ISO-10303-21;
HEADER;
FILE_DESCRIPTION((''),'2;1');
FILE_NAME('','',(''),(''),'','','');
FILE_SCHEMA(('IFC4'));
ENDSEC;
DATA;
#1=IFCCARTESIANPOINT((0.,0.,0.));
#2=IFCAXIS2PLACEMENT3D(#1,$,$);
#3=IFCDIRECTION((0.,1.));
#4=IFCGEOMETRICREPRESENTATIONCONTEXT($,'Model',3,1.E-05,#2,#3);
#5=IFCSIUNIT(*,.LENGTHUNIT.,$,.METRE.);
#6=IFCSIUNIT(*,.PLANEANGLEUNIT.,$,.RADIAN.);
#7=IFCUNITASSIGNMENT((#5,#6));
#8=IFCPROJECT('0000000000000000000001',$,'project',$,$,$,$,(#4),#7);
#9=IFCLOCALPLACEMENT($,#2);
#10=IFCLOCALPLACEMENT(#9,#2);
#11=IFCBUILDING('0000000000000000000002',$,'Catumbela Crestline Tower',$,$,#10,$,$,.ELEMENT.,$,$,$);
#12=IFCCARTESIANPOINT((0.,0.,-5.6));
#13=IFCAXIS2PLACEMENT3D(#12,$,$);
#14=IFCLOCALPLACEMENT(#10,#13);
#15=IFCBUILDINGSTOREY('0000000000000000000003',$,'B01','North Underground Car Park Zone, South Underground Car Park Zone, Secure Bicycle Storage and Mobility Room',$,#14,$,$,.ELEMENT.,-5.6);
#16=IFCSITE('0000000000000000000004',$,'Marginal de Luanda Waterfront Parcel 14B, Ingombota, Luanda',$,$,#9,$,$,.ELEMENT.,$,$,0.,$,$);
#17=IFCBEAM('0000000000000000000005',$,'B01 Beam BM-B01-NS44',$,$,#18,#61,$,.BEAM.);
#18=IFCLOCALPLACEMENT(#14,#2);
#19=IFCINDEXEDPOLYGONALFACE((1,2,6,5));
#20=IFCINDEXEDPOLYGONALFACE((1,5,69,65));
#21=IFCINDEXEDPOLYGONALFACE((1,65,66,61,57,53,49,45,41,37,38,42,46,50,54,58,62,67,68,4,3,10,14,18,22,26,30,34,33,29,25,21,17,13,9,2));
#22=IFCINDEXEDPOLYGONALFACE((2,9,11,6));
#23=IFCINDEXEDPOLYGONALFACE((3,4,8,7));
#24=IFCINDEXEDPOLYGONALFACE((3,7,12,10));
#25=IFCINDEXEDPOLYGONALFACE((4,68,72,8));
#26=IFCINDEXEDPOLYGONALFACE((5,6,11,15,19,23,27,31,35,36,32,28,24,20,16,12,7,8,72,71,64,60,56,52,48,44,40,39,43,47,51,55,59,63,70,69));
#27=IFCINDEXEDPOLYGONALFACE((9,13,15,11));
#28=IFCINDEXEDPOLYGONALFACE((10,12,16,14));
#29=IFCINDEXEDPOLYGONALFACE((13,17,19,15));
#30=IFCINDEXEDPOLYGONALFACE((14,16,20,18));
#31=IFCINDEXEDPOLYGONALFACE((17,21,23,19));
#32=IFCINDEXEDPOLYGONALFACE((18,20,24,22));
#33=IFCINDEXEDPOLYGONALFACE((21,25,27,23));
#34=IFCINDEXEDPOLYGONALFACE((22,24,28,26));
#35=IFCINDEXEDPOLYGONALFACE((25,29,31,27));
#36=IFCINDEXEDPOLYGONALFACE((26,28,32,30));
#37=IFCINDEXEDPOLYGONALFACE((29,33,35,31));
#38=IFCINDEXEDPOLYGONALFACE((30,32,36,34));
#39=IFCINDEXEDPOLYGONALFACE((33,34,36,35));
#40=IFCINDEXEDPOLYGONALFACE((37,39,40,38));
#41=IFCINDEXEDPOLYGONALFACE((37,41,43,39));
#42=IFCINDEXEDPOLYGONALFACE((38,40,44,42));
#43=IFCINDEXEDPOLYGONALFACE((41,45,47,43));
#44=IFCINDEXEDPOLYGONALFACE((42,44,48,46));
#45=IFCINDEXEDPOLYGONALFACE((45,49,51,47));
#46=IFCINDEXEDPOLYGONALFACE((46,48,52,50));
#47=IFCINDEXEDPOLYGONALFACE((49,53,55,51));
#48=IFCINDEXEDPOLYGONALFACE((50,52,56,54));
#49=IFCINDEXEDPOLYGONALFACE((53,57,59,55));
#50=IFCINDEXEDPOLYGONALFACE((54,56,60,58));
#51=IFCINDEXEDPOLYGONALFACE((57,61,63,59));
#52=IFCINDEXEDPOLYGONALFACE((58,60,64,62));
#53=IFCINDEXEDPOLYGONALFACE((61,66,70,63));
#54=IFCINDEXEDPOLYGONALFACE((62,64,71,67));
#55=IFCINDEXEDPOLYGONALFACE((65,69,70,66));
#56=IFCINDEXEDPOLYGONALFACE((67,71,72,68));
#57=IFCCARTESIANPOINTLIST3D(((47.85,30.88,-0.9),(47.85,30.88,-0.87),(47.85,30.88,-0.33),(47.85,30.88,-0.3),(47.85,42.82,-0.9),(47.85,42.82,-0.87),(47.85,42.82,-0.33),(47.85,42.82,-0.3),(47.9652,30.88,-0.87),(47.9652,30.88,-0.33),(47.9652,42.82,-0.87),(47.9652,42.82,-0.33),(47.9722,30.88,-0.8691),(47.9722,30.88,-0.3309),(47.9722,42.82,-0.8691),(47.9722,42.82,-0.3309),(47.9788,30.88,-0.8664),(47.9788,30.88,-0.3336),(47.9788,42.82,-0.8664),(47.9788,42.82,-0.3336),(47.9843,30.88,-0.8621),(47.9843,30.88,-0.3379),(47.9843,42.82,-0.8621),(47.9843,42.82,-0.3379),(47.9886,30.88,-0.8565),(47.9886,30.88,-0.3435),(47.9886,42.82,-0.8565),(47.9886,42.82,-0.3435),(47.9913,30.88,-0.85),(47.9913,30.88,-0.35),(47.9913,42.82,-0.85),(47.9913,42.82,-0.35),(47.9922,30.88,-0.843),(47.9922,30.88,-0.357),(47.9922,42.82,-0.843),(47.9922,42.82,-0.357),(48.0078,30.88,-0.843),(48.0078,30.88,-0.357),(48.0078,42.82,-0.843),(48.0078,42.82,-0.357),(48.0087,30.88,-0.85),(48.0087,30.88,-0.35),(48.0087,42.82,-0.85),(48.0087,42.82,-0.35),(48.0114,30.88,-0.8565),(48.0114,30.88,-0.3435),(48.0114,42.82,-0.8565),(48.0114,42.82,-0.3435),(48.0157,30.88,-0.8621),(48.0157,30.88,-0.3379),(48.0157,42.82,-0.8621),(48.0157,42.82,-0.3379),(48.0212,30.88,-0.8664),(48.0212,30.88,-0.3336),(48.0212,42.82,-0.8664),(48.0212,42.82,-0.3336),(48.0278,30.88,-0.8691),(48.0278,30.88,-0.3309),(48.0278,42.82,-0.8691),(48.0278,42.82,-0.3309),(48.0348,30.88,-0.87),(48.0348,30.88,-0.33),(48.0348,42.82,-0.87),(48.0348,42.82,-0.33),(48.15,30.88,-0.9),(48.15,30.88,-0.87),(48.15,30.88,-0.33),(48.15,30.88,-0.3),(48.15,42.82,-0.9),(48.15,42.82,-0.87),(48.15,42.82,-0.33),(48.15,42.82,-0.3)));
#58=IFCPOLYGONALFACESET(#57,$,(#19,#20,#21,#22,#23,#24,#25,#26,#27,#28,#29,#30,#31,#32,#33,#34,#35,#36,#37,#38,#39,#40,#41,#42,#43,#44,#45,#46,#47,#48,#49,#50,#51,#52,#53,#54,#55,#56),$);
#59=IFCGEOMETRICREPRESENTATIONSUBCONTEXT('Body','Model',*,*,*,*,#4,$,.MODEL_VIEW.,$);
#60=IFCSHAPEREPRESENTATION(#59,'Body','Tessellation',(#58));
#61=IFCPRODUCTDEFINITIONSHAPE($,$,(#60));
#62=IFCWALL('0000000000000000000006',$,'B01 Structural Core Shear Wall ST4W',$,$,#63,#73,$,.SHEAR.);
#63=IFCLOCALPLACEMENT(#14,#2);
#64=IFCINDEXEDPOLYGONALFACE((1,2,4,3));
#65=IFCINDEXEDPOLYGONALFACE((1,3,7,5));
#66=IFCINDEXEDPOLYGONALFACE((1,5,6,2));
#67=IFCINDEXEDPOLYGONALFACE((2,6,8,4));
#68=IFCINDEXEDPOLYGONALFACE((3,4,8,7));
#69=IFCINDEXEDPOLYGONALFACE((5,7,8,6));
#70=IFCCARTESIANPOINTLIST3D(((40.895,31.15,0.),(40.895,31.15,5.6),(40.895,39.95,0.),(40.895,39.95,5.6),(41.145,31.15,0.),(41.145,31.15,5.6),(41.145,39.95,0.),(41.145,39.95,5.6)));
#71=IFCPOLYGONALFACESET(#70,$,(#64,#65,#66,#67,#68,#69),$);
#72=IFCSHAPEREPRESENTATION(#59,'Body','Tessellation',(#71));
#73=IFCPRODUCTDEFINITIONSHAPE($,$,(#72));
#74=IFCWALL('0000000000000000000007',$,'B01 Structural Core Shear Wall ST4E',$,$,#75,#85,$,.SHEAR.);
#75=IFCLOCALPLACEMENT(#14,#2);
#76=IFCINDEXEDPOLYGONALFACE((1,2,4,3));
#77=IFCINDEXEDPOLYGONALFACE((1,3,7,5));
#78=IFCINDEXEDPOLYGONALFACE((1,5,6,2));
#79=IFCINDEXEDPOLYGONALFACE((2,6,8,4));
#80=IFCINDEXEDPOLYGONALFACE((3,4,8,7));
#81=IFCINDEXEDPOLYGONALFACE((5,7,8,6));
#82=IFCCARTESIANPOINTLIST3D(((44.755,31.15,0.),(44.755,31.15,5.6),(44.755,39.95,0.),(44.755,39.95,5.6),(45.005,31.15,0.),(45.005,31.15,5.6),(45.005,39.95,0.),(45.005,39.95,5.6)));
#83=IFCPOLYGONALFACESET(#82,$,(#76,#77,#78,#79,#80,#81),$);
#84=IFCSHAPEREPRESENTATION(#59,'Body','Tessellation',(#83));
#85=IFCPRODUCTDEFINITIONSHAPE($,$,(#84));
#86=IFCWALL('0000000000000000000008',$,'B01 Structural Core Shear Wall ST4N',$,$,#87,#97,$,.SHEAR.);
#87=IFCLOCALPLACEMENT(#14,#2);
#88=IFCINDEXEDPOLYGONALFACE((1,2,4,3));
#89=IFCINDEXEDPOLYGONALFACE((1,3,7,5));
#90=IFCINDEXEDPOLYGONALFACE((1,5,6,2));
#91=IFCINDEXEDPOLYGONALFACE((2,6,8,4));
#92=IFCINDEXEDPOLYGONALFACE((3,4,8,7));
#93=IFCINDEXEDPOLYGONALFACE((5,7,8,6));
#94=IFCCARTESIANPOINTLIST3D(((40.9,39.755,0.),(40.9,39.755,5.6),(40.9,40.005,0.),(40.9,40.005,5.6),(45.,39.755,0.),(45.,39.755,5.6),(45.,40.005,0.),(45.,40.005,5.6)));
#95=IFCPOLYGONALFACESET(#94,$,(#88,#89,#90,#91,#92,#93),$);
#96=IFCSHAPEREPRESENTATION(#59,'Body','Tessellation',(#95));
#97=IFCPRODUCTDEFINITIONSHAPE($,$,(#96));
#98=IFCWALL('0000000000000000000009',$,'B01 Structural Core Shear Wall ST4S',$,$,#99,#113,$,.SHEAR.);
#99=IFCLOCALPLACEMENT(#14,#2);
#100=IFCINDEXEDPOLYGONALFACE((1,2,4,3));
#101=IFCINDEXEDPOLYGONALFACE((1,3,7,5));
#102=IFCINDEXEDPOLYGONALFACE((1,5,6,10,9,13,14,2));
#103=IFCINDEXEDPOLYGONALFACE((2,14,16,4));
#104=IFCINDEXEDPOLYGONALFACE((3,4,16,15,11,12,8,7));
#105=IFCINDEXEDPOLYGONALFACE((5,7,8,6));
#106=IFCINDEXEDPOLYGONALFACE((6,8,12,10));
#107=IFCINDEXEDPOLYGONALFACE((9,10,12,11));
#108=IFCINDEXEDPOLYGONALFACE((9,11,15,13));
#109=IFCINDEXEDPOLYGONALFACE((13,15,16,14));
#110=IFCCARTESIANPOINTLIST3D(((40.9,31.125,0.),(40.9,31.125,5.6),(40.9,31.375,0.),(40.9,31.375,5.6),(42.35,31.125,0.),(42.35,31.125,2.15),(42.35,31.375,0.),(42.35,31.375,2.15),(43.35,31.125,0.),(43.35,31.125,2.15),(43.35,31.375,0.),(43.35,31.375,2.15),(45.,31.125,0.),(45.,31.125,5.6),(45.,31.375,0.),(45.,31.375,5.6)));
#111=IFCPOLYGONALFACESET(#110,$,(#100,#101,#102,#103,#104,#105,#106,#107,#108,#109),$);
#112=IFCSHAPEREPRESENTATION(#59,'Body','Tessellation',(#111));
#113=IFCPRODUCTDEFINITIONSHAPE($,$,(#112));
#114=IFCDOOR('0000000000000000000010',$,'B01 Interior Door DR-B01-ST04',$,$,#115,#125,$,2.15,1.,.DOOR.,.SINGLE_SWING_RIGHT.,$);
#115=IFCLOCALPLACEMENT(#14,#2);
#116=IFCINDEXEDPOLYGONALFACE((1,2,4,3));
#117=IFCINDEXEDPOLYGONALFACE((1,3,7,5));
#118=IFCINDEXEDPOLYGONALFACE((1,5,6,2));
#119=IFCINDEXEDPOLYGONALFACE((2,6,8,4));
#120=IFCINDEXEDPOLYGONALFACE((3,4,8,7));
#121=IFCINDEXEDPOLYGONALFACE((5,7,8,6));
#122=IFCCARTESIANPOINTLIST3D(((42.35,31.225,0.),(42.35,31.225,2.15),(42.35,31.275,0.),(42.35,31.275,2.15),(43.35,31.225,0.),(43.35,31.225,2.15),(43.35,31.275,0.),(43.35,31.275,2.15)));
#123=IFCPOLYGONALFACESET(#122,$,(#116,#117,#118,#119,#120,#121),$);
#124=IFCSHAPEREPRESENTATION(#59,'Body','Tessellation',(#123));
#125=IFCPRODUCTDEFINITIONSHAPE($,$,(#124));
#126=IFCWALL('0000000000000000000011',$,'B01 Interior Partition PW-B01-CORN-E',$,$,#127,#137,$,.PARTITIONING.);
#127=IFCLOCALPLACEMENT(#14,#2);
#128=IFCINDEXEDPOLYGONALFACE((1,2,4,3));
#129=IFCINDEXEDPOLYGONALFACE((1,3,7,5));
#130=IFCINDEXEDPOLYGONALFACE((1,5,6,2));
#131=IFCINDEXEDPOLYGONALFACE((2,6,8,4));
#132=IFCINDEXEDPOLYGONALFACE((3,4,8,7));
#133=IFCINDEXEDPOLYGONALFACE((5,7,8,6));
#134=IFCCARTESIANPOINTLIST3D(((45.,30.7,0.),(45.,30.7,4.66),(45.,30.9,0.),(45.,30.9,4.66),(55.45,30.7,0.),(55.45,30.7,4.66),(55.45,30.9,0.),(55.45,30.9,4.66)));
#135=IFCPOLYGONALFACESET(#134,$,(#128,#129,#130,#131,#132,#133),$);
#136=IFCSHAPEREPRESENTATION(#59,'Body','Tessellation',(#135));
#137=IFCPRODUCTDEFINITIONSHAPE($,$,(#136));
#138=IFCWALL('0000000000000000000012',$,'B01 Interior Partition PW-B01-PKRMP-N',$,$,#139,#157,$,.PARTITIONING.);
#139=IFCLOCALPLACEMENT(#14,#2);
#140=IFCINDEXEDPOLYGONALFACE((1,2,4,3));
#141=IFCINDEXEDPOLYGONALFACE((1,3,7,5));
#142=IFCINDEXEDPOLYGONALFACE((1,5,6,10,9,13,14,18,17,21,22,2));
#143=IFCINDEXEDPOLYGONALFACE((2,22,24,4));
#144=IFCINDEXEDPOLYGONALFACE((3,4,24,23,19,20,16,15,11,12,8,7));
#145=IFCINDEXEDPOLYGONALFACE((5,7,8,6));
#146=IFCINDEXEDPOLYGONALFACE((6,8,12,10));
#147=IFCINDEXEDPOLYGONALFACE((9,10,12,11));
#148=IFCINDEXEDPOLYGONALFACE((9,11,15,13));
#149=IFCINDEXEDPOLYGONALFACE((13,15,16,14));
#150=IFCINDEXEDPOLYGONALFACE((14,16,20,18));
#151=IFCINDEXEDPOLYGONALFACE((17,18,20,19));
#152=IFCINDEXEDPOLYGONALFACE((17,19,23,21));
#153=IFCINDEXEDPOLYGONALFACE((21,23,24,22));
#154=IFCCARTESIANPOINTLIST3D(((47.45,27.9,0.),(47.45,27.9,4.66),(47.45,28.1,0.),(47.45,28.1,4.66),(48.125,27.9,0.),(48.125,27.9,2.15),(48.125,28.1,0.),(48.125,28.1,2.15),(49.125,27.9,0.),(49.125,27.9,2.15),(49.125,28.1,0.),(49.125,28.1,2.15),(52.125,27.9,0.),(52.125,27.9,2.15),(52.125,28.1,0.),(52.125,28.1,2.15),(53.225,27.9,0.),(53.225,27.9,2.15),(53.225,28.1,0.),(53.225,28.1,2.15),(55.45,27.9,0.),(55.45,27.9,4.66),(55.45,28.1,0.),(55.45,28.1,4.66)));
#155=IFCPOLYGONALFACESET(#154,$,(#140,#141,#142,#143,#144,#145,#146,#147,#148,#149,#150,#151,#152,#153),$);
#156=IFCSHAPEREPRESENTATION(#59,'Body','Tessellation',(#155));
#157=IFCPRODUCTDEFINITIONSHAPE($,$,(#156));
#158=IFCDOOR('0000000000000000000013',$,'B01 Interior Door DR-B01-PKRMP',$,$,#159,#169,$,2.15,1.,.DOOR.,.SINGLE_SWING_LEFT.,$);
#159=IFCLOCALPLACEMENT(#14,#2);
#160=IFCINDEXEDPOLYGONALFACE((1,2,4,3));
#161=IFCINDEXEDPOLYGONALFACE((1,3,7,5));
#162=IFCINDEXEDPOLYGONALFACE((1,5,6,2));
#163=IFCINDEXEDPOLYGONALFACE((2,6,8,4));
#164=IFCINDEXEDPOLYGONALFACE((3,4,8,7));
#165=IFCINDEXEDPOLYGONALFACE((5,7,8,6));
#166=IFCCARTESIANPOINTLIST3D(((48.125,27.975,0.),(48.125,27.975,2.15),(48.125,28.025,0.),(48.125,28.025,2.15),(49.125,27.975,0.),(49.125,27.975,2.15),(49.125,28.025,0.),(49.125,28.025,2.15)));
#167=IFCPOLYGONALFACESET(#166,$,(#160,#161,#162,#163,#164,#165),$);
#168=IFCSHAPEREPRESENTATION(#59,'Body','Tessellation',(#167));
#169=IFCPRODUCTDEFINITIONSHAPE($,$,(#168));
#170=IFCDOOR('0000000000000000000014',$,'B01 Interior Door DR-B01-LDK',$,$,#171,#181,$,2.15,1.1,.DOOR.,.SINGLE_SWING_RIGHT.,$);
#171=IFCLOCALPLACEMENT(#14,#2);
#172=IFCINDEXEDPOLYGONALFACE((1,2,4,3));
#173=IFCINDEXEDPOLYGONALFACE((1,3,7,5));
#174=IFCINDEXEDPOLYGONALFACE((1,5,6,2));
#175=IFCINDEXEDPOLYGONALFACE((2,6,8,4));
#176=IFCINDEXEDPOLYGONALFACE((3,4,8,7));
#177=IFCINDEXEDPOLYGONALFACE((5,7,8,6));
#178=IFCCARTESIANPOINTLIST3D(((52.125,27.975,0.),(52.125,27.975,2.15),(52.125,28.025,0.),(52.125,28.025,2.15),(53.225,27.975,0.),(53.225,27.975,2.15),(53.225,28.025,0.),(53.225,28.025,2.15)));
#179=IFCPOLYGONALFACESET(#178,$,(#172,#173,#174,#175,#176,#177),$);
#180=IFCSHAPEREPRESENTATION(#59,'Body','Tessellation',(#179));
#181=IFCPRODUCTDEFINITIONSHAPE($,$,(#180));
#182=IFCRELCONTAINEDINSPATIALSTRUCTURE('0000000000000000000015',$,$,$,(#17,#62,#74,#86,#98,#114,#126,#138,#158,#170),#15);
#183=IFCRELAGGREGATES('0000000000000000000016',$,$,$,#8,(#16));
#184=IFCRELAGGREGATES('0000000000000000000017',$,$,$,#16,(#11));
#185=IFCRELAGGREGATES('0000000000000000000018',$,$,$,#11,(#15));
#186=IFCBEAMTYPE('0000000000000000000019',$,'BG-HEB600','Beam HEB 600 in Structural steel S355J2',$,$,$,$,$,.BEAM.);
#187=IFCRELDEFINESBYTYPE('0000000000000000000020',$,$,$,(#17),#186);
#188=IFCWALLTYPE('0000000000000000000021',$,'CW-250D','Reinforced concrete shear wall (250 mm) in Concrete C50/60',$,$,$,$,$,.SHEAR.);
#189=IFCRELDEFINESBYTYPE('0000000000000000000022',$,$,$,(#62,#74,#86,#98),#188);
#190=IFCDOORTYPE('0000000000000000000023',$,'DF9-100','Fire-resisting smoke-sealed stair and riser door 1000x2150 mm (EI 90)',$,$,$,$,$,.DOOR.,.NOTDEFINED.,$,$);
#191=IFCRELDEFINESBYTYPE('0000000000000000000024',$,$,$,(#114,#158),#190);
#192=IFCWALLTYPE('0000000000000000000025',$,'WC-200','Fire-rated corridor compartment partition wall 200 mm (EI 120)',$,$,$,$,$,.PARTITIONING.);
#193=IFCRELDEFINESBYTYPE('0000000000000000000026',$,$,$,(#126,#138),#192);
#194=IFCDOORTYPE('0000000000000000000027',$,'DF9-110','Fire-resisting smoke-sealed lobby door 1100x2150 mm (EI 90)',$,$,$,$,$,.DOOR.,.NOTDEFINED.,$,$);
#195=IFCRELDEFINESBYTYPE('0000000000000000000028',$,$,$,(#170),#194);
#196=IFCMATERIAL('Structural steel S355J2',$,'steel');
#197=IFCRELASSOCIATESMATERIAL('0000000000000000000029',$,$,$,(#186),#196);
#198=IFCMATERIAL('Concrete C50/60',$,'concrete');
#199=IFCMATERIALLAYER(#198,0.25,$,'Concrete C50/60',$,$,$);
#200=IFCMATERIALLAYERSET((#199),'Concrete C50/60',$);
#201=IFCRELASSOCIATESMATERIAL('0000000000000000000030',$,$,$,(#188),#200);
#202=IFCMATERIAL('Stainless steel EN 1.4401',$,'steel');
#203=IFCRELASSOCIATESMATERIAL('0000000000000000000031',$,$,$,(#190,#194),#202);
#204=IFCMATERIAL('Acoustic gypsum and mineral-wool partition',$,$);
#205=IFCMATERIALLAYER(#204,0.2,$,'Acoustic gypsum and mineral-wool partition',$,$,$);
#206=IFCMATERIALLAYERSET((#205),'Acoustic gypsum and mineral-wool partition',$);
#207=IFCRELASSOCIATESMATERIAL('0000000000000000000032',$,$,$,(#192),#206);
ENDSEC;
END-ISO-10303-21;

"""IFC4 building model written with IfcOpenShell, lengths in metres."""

from ifc_helpers import new_model, si_unit, direction, frame, frame_2d, origin, origin_2d, place, context, subcontext, project, spatial, rectangle, i_section, extrude, material, layer, layer_set, material_profile, profile_set, type_object, element, fill, save


model = new_model("IFC4")

# Units and contexts
model_context = context("Model", 3, precision=1e-05, world=origin(), true_north=direction((0.0, 1.0)))
body_context = subcontext(model_context, "Body", "Model", "MODEL_VIEW")
ifc_project = project(units=[si_unit("LENGTHUNIT", "METRE"), si_unit("PLANEANGLEUNIT", "RADIAN")], contexts=[model_context])

# Site, building, storey
site_placement = place(None, origin())
site = spatial("IfcSite", under=ifc_project, at=site_placement, Name="Marginal de Luanda Waterfront Parcel 14B, Ingombota, Luanda", CompositionType="ELEMENT", RefElevation=0.0)
building_placement = place(site_placement, origin())
building = spatial("IfcBuilding", under=site, at=building_placement, Name="Catumbela Crestline Tower", CompositionType="ELEMENT")
storey_placement = place(building_placement, frame((0.0, 0.0, -5.6)))
storey = spatial("IfcBuildingStorey", under=building, at=storey_placement, Name="B01", Description="North Underground Car Park Zone, South Underground Car Park Zone, Secure Bicycle Storage and Mobility Room", CompositionType="ELEMENT", Elevation=-5.6)

# Beam
ifc_material_1 = material(Name="Structural steel S355J2", Category="steel")
ifc_material_profile_1 = material_profile(ifc_material_1, i_section(OverallWidth=0.3, OverallDepth=0.6, WebThickness=0.0155, FlangeThickness=0.03, FilletRadius=0.027, at=origin_2d()), Name="HEB 600")
ifc_profile_set_1 = profile_set([ifc_material_profile_1], Name="Structural steel S355J2")
beam_type = type_object("IfcBeamType", Name="BG-HEB600", Description="Beam HEB 600 in Structural steel S355J2", PredefinedType="BEAM", material=ifc_profile_set_1)
beam_1_placement = place(storey_placement, frame((48.0, 30.88, -0.6), z_axis=(0.0, 1.0, 0.0), x_axis=(-1.0, 0.0, 0.0)))
element("IfcBeam", 1, at=beam_1_placement, inside=storey, type_object=beam_type, Name="B01 Beam BM-B01-NS44", PredefinedType="BEAM", context=body_context, shape_type="SweptSolid", body=[
    extrude(i_section(OverallWidth=0.3, OverallDepth=0.6, WebThickness=0.0155, FlangeThickness=0.03, FilletRadius=0.027, at=origin_2d()), origin(), (0.0, 0.0, 1.0), 11.94),
])

# Walls
ifc_material_2 = material(Name="Concrete C50/60", Category="concrete")
ifc_layer_1 = layer(ifc_material_2, 0.25, Name="Concrete C50/60")
ifc_layer_set_1 = layer_set([ifc_layer_1], Name="Concrete C50/60")
wall_type_1 = type_object("IfcWallType", Name="CW-250D", Description="Reinforced concrete shear wall (250 mm) in Concrete C50/60", PredefinedType="SHEAR", material=ifc_layer_set_1)
for number, where, z_axis, x_axis, name in (
    (2, (41.02, 31.15, 0.0), (0.0, 0.0, 1.0), (0.0, 1.0, 0.0), "B01 Structural Core Shear Wall ST4W"),
    (3, (44.88, 31.15, 0.0), (0.0, 0.0, 1.0), (0.0, 1.0, 0.0), "B01 Structural Core Shear Wall ST4E"),
):
    element("IfcWall", number, at=place(storey_placement, frame(where, z_axis=z_axis, x_axis=x_axis)), inside=storey, type_object=wall_type_1, Name=name, PredefinedType="SHEAR", context=body_context, shape_type="SweptSolid", body=[
        extrude(rectangle(XDim=8.8, YDim=0.25, at=frame_2d((4.4, 0.0))), origin(), (0.0, 0.0, 1.0), 5.6),
    ])
wall_1_placement = place(storey_placement, frame((40.9, 39.88, 0.0), z_axis=(0.0, 0.0, 1.0), x_axis=(1.0, 0.0, 0.0)))
element("IfcWall", 4, at=wall_1_placement, inside=storey, type_object=wall_type_1, Name="B01 Structural Core Shear Wall ST4N", PredefinedType="SHEAR", context=body_context, shape_type="SweptSolid", body=[
    extrude(rectangle(XDim=4.1, YDim=0.25, at=frame_2d((2.05, 0.0))), origin(), (0.0, 0.0, 1.0), 5.6),
])

# Wall, opening, door
wall_2_placement = place(storey_placement, frame((40.9, 31.25, 0.0), z_axis=(0.0, 0.0, 1.0), x_axis=(1.0, 0.0, 0.0)))
wall_2 = element("IfcWall", 5, at=wall_2_placement, inside=storey, type_object=wall_type_1, Name="B01 Structural Core Shear Wall ST4S", PredefinedType="SHEAR", context=body_context, shape_type="SweptSolid", body=[
    extrude(rectangle(XDim=4.1, YDim=0.25, at=frame_2d((2.05, 0.0))), origin(), (0.0, 0.0, 1.0), 5.6),
])
opening_1_placement = place(wall_2_placement, frame((1.45, 0.0, 0.0)))
opening_1 = element("IfcOpeningElement", 6, at=opening_1_placement, cuts=wall_2, PredefinedType="OPENING", context=body_context, shape_type="SweptSolid", body=[
    extrude(rectangle(XDim=1.0, YDim=2.15, at=frame_2d((0.5, 1.075))), frame((0.0, 0.135, 0.0), z_axis=(0.0, -1.0, 0.0), x_axis=(1.0, 0.0, 0.0)), (0.0, 0.0, 1.0), 0.27),
])
ifc_material_3 = material(Name="Stainless steel EN 1.4401", Category="steel")
door_type_1 = type_object("IfcDoorType", Name="DF9-100", Description="Fire-resisting smoke-sealed stair and riser door 1000x2150 mm (EI 90)", OperationType="NOTDEFINED", PredefinedType="DOOR", material=ifc_material_3)
door_1_placement = place(opening_1_placement, origin())
door_1 = element("IfcDoor", 7, at=door_1_placement, inside=storey, type_object=door_type_1, Name="B01 Interior Door DR-B01-ST04", OperationType="SINGLE_SWING_RIGHT", OverallHeight=2.15, OverallWidth=1.0, PredefinedType="DOOR", context=body_context, shape_type="SweptSolid", body=[
    extrude(rectangle(XDim=1.0, YDim=2.15, at=frame_2d((0.5, 1.075))), frame((0.0, 0.025, 0.0), z_axis=(0.0, -1.0, 0.0), x_axis=(1.0, 0.0, 0.0)), (0.0, 0.0, 1.0), 0.05),
])
fill(opening_1, door_1)

# Wall
ifc_material_4 = material(Name="Acoustic gypsum and mineral-wool partition")
ifc_layer_2 = layer(ifc_material_4, 0.2, Name="Acoustic gypsum and mineral-wool partition")
ifc_layer_set_2 = layer_set([ifc_layer_2], Name="Acoustic gypsum and mineral-wool partition")
wall_type_2 = type_object("IfcWallType", Name="WC-200", Description="Fire-rated corridor compartment partition wall 200 mm (EI 120)", PredefinedType="PARTITIONING", material=ifc_layer_set_2)
wall_3_placement = place(storey_placement, frame((45.0, 30.8, 0.0), z_axis=(0.0, 0.0, 1.0), x_axis=(1.0, 0.0, 0.0)))
element("IfcWall", 8, at=wall_3_placement, inside=storey, type_object=wall_type_2, Name="B01 Interior Partition PW-B01-CORN-E", PredefinedType="PARTITIONING", context=body_context, shape_type="SweptSolid", body=[
    extrude(rectangle(XDim=10.45, YDim=0.2, at=frame_2d((5.225, 0.0))), origin(), (0.0, 0.0, 1.0), 4.66),
])

# Wall, openings, doors
wall_4_placement = place(storey_placement, frame((47.45, 28.0, 0.0), z_axis=(0.0, 0.0, 1.0), x_axis=(1.0, 0.0, 0.0)))
wall_4 = element("IfcWall", 9, at=wall_4_placement, inside=storey, type_object=wall_type_2, Name="B01 Interior Partition PW-B01-PKRMP-N", PredefinedType="PARTITIONING", context=body_context, shape_type="SweptSolid", body=[
    extrude(rectangle(XDim=8.0, YDim=0.2, at=frame_2d((4.0, 0.0))), origin(), (0.0, 0.0, 1.0), 4.66),
])
opening_2_placement = place(wall_4_placement, frame((0.675, 0.0, 0.0)))
opening_2 = element("IfcOpeningElement", 10, at=opening_2_placement, cuts=wall_4, PredefinedType="OPENING", context=body_context, shape_type="SweptSolid", body=[
    extrude(rectangle(XDim=1.0, YDim=2.15, at=frame_2d((0.5, 1.075))), frame((0.0, 0.11, 0.0), z_axis=(0.0, -1.0, 0.0), x_axis=(1.0, 0.0, 0.0)), (0.0, 0.0, 1.0), 0.22),
])
opening_3_placement = place(wall_4_placement, frame((4.675, 0.0, 0.0)))
opening_3 = element("IfcOpeningElement", 11, at=opening_3_placement, cuts=wall_4, PredefinedType="OPENING", context=body_context, shape_type="SweptSolid", body=[
    extrude(rectangle(XDim=1.1, YDim=2.15, at=frame_2d((0.55, 1.075))), frame((0.0, 0.11, 0.0), z_axis=(0.0, -1.0, 0.0), x_axis=(1.0, 0.0, 0.0)), (0.0, 0.0, 1.0), 0.22),
])
door_2_placement = place(opening_2_placement, origin())
door_2 = element("IfcDoor", 12, at=door_2_placement, inside=storey, type_object=door_type_1, Name="B01 Interior Door DR-B01-PKRMP", OperationType="SINGLE_SWING_LEFT", OverallHeight=2.15, OverallWidth=1.0, PredefinedType="DOOR", context=body_context, shape_type="SweptSolid", body=[
    extrude(rectangle(XDim=1.0, YDim=2.15, at=frame_2d((0.5, 1.075))), frame((0.0, 0.025, 0.0), z_axis=(0.0, -1.0, 0.0), x_axis=(1.0, 0.0, 0.0)), (0.0, 0.0, 1.0), 0.05),
])
fill(opening_2, door_2)
door_type_2 = type_object("IfcDoorType", Name="DF9-110", Description="Fire-resisting smoke-sealed lobby door 1100x2150 mm (EI 90)", OperationType="NOTDEFINED", PredefinedType="DOOR", material=ifc_material_3)
door_3_placement = place(opening_3_placement, origin())
door_3 = element("IfcDoor", 13, at=door_3_placement, inside=storey, type_object=door_type_2, Name="B01 Interior Door DR-B01-LDK", OperationType="SINGLE_SWING_RIGHT", OverallHeight=2.15, OverallWidth=1.1, PredefinedType="DOOR", context=body_context, shape_type="SweptSolid", body=[
    extrude(rectangle(XDim=1.1, YDim=2.15, at=frame_2d((0.55, 1.075))), frame((0.0, 0.025, 0.0), z_axis=(0.0, -1.0, 0.0), x_axis=(1.0, 0.0, 0.0)), (0.0, 0.0, 1.0), 0.05),
])
fill(opening_3, door_3)

save(model, "model.ifc")
